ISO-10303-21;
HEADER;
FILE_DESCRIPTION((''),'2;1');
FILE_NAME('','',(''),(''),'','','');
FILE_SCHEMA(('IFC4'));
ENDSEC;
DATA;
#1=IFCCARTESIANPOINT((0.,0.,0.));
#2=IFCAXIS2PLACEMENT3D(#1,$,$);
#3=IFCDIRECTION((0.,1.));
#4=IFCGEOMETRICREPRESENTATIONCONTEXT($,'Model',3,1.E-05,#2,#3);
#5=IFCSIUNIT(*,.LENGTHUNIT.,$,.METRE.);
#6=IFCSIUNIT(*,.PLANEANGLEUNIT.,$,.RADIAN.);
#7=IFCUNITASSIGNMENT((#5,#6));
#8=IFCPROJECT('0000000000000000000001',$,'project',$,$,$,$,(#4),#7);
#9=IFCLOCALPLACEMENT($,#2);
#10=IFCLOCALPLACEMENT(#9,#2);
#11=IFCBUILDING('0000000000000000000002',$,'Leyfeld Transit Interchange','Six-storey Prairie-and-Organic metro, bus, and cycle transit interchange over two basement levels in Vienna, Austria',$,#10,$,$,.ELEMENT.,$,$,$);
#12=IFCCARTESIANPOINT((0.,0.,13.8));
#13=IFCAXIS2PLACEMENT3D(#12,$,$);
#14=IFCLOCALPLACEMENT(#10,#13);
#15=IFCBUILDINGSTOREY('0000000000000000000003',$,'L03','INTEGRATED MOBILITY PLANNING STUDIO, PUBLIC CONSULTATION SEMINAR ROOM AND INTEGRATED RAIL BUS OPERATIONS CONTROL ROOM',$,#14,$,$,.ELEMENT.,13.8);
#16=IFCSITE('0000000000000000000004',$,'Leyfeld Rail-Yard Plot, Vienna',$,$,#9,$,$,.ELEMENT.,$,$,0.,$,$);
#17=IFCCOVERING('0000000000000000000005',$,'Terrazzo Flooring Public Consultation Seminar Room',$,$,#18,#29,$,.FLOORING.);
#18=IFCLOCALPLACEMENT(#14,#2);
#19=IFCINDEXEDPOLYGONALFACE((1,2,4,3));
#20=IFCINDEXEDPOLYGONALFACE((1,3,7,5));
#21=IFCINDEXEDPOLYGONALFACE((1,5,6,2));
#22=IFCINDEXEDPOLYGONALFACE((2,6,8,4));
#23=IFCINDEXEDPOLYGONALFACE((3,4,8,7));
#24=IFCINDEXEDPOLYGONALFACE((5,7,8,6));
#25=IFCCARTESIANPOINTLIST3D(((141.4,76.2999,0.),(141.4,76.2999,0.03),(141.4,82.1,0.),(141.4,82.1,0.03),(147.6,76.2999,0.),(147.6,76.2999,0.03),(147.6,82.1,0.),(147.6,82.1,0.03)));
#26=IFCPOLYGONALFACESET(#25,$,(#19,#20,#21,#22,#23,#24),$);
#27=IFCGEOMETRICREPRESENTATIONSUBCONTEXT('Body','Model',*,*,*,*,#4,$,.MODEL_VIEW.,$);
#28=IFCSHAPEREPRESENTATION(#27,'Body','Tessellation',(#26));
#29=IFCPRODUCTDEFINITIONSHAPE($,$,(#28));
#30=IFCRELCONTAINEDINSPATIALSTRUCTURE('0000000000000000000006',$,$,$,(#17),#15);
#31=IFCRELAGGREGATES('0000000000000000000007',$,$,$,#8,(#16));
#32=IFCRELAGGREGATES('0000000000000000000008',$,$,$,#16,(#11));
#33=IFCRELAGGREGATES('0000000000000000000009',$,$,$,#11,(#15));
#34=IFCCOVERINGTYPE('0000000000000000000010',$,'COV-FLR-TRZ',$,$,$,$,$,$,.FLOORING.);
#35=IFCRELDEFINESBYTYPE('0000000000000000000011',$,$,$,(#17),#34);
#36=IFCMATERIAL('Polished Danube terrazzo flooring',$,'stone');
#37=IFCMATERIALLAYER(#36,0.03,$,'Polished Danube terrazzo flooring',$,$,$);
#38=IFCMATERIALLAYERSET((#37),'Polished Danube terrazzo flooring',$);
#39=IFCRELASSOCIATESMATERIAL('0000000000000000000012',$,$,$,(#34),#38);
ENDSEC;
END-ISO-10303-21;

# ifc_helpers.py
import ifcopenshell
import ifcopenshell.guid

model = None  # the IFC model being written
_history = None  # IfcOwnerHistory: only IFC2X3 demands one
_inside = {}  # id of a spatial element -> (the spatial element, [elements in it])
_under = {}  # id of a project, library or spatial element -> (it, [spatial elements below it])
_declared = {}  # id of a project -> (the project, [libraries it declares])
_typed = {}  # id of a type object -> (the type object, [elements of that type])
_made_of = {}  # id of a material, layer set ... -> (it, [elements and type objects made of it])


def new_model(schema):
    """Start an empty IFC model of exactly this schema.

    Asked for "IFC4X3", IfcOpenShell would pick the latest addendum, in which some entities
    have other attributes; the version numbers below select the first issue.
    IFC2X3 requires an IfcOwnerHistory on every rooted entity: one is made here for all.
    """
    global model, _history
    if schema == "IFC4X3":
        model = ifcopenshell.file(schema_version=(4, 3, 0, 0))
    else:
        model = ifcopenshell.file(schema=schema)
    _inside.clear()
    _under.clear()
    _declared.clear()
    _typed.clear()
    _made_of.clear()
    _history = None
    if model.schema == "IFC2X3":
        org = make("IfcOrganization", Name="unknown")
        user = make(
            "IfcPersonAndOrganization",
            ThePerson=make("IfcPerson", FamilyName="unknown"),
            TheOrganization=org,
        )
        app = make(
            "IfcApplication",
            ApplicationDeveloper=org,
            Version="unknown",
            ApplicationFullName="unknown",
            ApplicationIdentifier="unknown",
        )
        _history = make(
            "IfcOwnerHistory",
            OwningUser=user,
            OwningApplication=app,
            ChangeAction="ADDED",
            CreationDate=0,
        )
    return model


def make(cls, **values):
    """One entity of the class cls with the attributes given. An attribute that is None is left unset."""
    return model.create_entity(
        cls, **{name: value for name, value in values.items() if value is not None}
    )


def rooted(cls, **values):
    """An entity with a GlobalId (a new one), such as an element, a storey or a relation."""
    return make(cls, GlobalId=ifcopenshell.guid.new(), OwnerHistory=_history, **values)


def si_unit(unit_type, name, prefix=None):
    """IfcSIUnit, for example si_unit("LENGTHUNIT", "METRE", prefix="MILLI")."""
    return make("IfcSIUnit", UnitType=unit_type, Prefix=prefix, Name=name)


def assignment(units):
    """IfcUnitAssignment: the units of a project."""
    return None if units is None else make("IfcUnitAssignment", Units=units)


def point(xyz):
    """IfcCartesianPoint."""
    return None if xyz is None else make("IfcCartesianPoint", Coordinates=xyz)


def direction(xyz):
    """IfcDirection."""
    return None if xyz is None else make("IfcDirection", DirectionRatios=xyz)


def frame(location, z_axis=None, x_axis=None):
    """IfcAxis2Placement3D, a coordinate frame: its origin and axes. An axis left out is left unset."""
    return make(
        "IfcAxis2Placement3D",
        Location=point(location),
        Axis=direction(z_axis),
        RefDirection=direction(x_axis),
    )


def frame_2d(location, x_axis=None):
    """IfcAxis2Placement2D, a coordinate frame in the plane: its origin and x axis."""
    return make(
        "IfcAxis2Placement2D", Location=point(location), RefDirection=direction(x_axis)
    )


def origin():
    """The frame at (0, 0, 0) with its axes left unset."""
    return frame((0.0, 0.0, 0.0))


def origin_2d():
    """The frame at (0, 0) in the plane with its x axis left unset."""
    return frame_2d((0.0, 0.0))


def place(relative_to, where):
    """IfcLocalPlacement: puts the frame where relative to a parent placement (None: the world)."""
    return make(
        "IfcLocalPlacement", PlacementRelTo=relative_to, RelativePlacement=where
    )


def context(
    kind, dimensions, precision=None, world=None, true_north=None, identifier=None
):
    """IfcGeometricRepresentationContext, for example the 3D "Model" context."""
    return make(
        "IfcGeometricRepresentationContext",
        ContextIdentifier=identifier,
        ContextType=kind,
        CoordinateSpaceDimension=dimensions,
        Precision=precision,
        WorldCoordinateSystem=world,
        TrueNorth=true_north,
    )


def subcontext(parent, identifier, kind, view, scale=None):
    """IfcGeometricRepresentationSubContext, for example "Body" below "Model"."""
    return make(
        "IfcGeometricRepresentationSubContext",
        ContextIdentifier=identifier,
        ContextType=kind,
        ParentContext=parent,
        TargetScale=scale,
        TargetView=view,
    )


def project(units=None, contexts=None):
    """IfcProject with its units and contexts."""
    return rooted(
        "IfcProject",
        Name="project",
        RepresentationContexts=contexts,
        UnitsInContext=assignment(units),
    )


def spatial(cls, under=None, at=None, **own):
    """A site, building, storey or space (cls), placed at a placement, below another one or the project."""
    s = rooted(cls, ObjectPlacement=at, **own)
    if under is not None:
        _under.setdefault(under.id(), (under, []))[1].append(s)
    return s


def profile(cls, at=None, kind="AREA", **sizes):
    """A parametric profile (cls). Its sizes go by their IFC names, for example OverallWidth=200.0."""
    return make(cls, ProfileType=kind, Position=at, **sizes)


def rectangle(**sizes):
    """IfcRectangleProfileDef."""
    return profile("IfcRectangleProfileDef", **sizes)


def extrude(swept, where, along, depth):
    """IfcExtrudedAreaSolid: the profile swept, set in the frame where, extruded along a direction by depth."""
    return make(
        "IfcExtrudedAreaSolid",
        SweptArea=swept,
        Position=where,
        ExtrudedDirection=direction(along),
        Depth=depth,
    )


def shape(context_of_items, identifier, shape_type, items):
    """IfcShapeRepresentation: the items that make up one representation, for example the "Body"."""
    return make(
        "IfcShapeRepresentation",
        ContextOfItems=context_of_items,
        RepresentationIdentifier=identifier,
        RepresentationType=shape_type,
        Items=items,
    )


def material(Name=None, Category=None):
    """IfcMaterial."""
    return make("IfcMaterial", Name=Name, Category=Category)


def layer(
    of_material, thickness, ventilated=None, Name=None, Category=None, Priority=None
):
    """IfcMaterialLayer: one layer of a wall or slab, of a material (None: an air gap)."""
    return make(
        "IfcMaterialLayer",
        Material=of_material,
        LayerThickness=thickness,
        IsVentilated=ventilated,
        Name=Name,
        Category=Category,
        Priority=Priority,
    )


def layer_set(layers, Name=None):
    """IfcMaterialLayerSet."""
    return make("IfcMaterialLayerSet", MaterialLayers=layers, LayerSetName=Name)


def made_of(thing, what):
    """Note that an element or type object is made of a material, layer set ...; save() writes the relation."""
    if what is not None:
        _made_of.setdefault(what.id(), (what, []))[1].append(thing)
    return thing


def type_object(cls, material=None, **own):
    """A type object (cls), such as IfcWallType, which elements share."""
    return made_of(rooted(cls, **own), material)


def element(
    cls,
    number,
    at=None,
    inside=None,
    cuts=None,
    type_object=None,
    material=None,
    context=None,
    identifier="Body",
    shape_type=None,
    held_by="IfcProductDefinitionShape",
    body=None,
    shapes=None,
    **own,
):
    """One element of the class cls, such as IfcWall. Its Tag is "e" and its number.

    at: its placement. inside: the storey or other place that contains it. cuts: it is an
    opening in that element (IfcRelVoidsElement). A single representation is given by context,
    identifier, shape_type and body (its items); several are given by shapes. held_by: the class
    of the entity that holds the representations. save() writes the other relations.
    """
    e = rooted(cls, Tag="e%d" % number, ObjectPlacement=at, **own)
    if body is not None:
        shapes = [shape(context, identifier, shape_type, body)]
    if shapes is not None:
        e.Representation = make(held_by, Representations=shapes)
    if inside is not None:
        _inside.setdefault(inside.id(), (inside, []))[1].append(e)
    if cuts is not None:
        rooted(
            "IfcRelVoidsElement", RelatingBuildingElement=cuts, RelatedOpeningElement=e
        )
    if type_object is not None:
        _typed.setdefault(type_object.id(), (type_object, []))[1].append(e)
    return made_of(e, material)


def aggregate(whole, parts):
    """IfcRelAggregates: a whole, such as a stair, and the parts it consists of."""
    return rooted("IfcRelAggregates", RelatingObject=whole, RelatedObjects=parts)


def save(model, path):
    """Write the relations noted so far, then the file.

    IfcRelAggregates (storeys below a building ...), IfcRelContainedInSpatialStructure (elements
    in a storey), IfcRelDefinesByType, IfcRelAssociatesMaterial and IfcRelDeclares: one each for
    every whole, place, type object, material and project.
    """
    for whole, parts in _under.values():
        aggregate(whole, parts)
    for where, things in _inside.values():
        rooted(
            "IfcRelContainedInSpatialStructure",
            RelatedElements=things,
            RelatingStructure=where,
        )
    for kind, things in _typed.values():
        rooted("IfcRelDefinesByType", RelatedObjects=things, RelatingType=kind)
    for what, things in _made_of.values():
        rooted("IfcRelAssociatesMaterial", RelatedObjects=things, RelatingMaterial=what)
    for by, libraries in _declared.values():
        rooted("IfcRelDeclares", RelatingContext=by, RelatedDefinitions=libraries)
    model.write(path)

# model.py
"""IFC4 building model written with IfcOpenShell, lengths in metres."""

from ifc_helpers import new_model, si_unit, direction, frame, origin, origin_2d, place, context, subcontext, project, spatial, rectangle, extrude, material, layer, layer_set, type_object, element, save


model = new_model("IFC4")

# Units and contexts
model_context = context("Model", 3, precision=1e-05, world=origin(), true_north=direction((0.0, 1.0)))
body_context = subcontext(model_context, "Body", "Model", "MODEL_VIEW")
ifc_project = project(units=[si_unit("LENGTHUNIT", "METRE"), si_unit("PLANEANGLEUNIT", "RADIAN")], contexts=[model_context])

# Site, building, storey
site_placement = place(None, origin())
site = spatial("IfcSite", under=ifc_project, at=site_placement, Name="Leyfeld Rail-Yard Plot, Vienna", CompositionType="ELEMENT", RefElevation=0.0)
building_placement = place(site_placement, origin())
building = spatial("IfcBuilding", under=site, at=building_placement, Name="Leyfeld Transit Interchange", Description="Six-storey Prairie-and-Organic metro, bus, and cycle transit interchange over two basement levels in Vienna, Austria", CompositionType="ELEMENT")
storey_placement = place(building_placement, frame((0.0, 0.0, 13.8)))
storey = spatial("IfcBuildingStorey", under=building, at=storey_placement, Name="L03", Description="INTEGRATED MOBILITY PLANNING STUDIO, PUBLIC CONSULTATION SEMINAR ROOM AND INTEGRATED RAIL BUS OPERATIONS CONTROL ROOM", CompositionType="ELEMENT", Elevation=13.8)

# Covering
ifc_material_1 = material(Name="Polished Danube terrazzo flooring", Category="stone")
ifc_layer_1 = layer(ifc_material_1, 0.03, Name="Polished Danube terrazzo flooring")
ifc_layer_set_1 = layer_set([ifc_layer_1], Name="Polished Danube terrazzo flooring")
covering_type_1 = type_object("IfcCoveringType", Name="COV-FLR-TRZ", PredefinedType="FLOORING", material=ifc_layer_set_1)
covering_1_placement = place(storey_placement, frame((144.5, 79.2, 0.0), z_axis=(0.0, 0.0, 1.0), x_axis=(1.0, 0.0, 0.0)))
element("IfcCovering", 1, at=covering_1_placement, inside=storey, type_object=covering_type_1, Name="Terrazzo Flooring Public Consultation Seminar Room", PredefinedType="FLOORING", context=body_context, shape_type="SweptSolid", body=[
    extrude(rectangle(XDim=6.2, YDim=5.8, at=origin_2d()), origin(), (0.0, 0.0, 1.0), 0.03),
])

save(model, "model.ifc")
